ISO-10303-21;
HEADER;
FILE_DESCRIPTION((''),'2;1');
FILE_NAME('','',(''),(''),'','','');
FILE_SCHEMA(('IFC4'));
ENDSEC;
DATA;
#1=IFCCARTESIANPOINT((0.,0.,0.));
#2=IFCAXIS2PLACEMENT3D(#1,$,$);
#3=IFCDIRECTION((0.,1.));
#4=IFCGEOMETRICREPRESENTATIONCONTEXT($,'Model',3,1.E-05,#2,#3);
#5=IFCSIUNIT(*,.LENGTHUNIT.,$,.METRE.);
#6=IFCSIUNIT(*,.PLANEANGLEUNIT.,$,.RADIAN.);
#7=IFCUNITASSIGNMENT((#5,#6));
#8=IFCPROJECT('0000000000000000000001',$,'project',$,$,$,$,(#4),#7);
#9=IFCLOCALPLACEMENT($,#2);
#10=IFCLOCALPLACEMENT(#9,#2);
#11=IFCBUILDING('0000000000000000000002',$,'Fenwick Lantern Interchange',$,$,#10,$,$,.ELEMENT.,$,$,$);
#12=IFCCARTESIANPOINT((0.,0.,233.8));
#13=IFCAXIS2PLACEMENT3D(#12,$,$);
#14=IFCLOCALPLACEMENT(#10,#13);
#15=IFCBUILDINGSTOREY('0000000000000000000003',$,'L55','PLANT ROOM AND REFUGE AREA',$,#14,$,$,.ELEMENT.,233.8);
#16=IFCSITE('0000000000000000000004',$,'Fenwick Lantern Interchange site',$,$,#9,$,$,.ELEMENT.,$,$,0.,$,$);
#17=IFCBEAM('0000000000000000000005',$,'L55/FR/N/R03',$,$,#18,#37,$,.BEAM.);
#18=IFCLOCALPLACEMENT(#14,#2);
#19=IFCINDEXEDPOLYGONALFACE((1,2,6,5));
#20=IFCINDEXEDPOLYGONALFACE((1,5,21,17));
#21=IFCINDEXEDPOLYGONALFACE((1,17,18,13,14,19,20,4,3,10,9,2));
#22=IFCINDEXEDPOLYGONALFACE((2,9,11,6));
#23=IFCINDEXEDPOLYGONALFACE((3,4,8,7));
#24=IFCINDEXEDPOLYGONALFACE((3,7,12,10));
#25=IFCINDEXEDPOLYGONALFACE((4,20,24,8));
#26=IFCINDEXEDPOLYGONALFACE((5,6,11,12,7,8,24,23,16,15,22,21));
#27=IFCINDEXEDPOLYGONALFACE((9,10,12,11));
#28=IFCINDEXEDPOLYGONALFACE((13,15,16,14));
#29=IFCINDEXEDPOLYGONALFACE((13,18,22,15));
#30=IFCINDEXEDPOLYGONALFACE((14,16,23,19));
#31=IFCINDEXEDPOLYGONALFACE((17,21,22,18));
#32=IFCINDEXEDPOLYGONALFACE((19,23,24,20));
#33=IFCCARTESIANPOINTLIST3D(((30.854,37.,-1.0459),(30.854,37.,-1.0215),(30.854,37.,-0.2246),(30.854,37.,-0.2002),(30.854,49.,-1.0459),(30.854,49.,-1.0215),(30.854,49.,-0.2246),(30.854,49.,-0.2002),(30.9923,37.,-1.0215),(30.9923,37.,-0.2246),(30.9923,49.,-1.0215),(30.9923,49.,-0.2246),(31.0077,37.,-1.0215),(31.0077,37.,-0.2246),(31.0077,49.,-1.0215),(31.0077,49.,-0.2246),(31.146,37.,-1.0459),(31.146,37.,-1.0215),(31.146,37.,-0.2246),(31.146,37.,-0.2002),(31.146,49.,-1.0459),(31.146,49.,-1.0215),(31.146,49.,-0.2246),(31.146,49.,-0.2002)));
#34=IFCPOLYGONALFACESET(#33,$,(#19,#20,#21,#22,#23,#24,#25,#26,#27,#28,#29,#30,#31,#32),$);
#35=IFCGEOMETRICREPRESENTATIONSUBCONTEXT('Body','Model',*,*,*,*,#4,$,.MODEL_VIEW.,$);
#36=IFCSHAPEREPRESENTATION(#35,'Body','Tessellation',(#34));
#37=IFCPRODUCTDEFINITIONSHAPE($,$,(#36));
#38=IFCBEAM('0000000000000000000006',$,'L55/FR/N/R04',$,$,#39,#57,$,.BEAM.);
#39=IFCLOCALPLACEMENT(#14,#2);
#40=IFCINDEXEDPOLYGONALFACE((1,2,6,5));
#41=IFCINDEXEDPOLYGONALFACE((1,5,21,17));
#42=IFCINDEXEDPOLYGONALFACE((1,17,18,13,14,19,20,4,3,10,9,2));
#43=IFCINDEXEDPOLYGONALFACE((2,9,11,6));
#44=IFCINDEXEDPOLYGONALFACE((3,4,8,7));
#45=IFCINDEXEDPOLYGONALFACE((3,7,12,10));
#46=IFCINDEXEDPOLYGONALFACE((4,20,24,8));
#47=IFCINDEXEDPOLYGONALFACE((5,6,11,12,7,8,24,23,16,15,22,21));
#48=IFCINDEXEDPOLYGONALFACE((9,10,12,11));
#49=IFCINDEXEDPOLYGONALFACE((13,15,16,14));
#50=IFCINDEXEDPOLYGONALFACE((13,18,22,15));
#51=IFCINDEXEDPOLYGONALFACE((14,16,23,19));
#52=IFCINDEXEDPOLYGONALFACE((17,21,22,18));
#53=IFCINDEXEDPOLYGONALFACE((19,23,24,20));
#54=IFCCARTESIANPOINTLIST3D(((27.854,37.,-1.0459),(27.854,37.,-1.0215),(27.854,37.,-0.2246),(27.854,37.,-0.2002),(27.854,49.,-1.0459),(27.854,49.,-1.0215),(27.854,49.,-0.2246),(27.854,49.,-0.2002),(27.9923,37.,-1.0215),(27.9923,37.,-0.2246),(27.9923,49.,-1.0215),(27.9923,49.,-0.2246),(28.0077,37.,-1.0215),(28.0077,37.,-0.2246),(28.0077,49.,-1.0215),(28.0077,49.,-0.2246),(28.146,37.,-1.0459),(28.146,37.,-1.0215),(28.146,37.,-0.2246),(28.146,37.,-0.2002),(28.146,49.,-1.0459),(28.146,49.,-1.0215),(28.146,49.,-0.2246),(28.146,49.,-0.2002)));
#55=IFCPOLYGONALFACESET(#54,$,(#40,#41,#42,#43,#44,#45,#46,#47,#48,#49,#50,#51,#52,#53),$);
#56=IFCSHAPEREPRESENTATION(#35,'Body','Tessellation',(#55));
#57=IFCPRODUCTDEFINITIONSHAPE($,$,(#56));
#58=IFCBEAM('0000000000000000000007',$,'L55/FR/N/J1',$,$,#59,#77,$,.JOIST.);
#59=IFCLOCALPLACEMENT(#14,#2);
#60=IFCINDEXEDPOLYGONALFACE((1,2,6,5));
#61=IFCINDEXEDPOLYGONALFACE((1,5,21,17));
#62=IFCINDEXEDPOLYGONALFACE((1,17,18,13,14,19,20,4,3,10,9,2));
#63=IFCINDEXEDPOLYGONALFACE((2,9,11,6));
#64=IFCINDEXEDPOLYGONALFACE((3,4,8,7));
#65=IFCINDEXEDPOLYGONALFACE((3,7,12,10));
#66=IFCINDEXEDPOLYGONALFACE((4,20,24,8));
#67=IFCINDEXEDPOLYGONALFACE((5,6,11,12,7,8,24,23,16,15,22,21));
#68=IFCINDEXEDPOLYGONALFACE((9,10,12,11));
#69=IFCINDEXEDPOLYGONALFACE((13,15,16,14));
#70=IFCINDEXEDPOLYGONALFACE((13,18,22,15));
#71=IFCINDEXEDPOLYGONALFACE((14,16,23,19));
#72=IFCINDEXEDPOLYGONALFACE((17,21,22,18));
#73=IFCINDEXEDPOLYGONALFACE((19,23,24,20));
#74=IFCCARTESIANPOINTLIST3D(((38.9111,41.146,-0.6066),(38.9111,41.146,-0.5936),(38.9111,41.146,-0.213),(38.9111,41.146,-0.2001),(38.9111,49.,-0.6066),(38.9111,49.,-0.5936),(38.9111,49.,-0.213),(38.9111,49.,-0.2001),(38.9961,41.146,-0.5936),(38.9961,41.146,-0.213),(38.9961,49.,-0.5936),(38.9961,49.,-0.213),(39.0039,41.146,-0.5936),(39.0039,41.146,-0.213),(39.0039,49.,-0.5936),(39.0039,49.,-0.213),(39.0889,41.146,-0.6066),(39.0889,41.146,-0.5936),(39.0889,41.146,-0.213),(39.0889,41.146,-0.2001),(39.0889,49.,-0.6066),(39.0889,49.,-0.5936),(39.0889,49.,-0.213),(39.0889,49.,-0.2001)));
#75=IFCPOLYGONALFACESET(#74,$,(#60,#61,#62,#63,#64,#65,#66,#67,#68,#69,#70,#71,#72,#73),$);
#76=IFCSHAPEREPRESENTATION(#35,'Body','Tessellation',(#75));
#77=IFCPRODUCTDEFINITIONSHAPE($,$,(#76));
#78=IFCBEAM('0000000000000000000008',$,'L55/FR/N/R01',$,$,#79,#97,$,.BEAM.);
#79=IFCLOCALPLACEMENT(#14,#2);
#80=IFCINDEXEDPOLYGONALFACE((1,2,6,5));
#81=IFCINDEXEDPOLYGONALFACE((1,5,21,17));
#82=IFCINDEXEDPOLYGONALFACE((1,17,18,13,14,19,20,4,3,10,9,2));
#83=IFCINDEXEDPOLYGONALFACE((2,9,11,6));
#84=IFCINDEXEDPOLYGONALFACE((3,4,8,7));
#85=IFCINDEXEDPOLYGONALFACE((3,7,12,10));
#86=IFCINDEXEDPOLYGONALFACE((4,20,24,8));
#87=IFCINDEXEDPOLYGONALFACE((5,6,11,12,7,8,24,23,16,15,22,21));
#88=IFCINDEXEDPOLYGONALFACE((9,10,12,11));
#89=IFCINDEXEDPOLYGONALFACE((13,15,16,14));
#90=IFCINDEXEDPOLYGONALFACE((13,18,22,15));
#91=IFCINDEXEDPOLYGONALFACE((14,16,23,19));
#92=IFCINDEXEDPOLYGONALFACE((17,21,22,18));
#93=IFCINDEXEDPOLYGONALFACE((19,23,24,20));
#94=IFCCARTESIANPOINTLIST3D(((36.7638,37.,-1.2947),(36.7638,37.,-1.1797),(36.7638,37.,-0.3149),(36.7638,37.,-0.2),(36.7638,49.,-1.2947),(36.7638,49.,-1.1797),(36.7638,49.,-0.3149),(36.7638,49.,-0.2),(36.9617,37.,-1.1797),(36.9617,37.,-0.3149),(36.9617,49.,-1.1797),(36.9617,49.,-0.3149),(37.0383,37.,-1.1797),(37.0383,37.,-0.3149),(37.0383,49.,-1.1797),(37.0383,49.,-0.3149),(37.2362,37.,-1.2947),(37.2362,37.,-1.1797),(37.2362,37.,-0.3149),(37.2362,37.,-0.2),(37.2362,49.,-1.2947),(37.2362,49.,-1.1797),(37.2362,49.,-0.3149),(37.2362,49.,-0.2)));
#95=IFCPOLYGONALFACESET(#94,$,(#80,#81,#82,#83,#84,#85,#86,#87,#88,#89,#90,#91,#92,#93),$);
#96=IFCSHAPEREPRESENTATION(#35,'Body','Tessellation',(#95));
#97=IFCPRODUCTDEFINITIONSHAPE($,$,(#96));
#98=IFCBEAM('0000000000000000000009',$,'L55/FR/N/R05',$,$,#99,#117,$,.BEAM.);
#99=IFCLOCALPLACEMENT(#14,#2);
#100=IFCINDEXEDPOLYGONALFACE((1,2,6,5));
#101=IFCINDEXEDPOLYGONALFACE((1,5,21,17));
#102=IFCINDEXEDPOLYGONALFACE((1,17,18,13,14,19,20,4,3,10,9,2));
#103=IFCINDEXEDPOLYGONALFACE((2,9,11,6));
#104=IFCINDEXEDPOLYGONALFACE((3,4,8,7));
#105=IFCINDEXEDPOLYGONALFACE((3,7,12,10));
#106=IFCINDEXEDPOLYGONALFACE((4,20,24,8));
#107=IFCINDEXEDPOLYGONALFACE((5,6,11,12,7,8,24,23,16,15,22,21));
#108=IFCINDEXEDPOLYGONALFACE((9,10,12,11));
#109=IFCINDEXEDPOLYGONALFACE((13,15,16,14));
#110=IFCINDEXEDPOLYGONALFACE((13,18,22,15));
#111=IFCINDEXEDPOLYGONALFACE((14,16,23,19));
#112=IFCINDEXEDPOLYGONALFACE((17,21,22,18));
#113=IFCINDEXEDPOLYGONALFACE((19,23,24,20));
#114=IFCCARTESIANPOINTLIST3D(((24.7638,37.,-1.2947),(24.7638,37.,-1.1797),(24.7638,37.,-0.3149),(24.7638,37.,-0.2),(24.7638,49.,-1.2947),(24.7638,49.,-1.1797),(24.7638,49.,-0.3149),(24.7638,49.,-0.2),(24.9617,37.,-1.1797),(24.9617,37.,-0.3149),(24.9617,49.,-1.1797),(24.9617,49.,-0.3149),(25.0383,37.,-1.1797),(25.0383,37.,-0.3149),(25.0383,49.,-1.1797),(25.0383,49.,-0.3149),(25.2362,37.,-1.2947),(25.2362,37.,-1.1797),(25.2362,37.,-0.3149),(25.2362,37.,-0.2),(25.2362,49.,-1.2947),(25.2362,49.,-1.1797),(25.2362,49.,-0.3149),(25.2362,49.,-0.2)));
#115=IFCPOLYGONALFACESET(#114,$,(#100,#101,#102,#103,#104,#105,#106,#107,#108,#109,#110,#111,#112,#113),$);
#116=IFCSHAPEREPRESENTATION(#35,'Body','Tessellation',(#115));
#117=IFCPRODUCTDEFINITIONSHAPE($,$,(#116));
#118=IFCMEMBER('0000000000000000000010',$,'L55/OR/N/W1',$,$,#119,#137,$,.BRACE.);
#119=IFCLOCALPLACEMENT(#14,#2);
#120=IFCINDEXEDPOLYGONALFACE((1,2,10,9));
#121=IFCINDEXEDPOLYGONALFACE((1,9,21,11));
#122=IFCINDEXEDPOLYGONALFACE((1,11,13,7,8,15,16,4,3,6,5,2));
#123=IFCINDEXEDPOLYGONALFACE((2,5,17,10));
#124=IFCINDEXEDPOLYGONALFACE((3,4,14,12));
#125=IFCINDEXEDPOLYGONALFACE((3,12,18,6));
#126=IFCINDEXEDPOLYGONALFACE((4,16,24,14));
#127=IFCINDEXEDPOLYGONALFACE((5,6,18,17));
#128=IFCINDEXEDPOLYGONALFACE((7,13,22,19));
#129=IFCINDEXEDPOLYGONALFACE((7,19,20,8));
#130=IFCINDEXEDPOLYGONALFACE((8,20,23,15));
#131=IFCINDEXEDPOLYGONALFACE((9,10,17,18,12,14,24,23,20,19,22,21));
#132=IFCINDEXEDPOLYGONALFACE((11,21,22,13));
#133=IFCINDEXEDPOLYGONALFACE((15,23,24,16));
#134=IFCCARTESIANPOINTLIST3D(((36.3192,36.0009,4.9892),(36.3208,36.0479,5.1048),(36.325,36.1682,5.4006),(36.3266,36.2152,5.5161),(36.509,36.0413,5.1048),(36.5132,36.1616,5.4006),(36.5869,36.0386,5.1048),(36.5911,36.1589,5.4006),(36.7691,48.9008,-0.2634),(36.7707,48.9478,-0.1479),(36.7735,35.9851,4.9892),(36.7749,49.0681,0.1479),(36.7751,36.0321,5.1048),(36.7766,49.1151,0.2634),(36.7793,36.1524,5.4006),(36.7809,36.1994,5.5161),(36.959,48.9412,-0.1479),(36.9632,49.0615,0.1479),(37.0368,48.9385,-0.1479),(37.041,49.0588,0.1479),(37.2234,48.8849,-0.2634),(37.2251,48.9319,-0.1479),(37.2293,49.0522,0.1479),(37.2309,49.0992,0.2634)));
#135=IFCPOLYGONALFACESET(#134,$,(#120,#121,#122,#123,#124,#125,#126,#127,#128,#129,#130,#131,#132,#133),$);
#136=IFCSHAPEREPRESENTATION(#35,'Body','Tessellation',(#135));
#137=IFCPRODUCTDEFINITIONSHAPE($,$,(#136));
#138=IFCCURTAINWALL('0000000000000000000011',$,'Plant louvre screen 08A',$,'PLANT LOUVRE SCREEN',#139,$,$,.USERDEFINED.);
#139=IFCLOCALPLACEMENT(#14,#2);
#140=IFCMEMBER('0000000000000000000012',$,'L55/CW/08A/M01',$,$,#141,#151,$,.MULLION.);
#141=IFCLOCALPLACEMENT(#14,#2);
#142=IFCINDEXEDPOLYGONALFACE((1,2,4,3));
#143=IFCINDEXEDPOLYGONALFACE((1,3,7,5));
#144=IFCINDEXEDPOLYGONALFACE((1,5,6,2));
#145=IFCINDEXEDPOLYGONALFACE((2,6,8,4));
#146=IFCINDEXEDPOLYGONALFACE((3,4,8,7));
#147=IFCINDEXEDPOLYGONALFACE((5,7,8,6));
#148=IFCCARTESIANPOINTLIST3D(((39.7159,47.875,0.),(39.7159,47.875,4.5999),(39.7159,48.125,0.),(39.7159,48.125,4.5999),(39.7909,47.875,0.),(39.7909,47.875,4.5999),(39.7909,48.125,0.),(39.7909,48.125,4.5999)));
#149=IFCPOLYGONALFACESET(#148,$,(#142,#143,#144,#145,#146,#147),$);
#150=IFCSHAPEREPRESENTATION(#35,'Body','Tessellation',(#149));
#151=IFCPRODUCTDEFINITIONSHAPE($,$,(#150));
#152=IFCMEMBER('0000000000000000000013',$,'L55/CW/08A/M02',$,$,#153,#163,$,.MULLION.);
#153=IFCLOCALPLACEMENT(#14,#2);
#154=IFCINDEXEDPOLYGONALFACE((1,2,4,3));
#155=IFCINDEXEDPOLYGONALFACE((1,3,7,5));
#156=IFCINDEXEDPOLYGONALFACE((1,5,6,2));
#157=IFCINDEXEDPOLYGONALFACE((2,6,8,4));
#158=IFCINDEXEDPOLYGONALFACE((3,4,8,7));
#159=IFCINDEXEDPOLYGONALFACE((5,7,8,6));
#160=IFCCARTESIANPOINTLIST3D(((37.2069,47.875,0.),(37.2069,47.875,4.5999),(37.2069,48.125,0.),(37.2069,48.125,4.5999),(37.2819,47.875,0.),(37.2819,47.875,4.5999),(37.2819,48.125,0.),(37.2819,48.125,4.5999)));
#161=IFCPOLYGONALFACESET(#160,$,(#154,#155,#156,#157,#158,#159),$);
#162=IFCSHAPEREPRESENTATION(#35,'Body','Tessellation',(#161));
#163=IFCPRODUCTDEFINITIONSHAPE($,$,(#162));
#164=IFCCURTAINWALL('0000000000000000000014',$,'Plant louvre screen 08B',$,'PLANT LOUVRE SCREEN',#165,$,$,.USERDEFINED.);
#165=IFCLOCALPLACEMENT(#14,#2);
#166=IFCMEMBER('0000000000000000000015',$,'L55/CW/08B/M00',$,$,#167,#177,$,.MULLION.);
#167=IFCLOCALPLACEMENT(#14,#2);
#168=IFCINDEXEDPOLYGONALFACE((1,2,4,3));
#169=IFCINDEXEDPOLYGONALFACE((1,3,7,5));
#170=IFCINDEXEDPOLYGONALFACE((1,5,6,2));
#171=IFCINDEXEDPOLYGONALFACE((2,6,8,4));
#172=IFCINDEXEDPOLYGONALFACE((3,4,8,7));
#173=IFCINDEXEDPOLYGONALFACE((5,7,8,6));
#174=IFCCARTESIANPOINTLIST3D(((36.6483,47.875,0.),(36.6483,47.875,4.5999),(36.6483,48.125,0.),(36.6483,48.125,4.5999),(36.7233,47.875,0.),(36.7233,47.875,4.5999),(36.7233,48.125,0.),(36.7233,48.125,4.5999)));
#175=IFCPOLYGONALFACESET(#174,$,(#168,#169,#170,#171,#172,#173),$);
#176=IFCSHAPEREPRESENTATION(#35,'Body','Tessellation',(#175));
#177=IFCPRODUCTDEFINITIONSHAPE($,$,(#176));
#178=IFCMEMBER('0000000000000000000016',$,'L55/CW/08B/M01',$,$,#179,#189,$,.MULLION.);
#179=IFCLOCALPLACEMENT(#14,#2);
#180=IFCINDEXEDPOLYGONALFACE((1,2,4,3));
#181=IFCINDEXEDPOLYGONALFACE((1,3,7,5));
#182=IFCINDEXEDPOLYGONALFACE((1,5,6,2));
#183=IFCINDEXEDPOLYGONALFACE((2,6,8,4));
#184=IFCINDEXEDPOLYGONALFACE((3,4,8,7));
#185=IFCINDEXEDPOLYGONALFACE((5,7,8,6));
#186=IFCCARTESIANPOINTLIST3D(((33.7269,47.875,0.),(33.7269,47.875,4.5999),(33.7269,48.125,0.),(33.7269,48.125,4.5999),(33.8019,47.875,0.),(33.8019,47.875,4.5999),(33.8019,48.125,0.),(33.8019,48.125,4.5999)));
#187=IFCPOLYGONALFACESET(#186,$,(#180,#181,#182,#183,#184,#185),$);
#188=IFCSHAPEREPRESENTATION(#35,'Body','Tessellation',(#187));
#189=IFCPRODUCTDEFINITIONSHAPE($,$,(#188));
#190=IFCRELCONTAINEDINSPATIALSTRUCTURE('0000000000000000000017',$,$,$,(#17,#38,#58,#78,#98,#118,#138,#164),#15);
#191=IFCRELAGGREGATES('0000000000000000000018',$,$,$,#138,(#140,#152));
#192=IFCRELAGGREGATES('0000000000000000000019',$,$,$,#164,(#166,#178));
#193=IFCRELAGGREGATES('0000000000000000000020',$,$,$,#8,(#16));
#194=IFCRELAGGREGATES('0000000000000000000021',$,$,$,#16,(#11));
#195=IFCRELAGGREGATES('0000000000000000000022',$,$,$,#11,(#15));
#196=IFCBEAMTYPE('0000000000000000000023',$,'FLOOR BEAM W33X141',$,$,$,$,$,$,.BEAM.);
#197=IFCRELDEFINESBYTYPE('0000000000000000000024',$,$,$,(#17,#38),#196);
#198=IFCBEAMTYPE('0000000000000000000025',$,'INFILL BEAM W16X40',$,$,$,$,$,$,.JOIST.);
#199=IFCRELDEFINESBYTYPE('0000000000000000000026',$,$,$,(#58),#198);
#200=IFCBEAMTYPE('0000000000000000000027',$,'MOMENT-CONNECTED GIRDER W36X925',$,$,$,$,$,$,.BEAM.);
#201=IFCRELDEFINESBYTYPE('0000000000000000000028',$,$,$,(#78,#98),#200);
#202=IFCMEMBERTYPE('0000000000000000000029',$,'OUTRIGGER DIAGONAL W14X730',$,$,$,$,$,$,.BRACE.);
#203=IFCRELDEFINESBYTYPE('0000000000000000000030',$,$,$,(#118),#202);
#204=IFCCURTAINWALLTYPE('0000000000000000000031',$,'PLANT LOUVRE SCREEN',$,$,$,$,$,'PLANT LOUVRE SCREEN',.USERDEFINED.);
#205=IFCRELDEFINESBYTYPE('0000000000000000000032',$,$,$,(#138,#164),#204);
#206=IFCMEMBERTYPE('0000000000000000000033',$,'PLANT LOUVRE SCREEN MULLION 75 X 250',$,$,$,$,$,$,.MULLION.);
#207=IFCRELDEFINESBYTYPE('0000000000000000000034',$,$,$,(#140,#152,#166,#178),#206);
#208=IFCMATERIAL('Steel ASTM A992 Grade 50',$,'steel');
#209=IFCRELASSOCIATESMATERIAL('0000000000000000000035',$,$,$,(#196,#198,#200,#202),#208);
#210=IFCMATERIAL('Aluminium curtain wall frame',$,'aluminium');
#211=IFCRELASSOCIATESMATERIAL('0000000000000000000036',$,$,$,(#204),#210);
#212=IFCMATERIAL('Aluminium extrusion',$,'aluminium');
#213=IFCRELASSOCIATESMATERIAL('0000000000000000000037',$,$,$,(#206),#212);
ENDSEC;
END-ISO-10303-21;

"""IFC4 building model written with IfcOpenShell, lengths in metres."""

from ifc_helpers import new_model, si_unit, direction, frame, origin, origin_2d, place, context, subcontext, project, spatial, rectangle, i_section, extrude, material, material_profile, profile_set, type_object, element, aggregate, save


model = new_model("IFC4")

# Units and contexts
model_context = context("Model", 3, precision=1e-05, world=origin(), true_north=direction((0.0, 1.0)))
body_context = subcontext(model_context, "Body", "Model", "MODEL_VIEW")
ifc_project = project(units=[si_unit("LENGTHUNIT", "METRE"), si_unit("PLANEANGLEUNIT", "RADIAN")], contexts=[model_context])

# Site, building, storey
site_placement = place(None, origin())
site = spatial("IfcSite", under=ifc_project, at=site_placement, Name="Fenwick Lantern Interchange site", CompositionType="ELEMENT", RefElevation=0.0)
building_placement = place(site_placement, origin())
building = spatial("IfcBuilding", under=site, at=building_placement, Name="Fenwick Lantern Interchange", CompositionType="ELEMENT")
storey_placement = place(building_placement, frame((0.0, 0.0, 233.8)))
storey = spatial("IfcBuildingStorey", under=building, at=storey_placement, Name="L55", Description="PLANT ROOM AND REFUGE AREA", CompositionType="ELEMENT", Elevation=233.8)

# Shared definitions
ifc_material_1 = material(Name="Steel ASTM A992 Grade 50", Category="steel")

# Beams
ifc_material_profile_1 = material_profile(ifc_material_1, i_section(OverallWidth=0.292, OverallDepth=0.8457, WebThickness=0.0154, FlangeThickness=0.0244, at=origin_2d()), Name="W33X141")
ifc_profile_set_1 = profile_set([ifc_material_profile_1], Name="Steel ASTM A992 Grade 50")
beam_type_1 = type_object("IfcBeamType", Name="FLOOR BEAM W33X141", PredefinedType="BEAM", material=ifc_profile_set_1)
for number, where, z_axis, x_axis, name in (
    (1, (31.0, 49.0, -0.623), (0.0, -1.0, 0.0), (1.0, 0.0, 0.0), "L55/FR/N/R03"),
    (2, (28.0, 49.0, -0.623), (0.0, -1.0, 0.0), (1.0, 0.0, 0.0), "L55/FR/N/R04"),
):
    element("IfcBeam", number, at=place(storey_placement, frame(where, z_axis=z_axis, x_axis=x_axis)), inside=storey, type_object=beam_type_1, Name=name, PredefinedType="BEAM", context=body_context, shape_type="SweptSolid", body=[
        extrude(i_section(OverallWidth=0.292, OverallDepth=0.8457, WebThickness=0.0154, FlangeThickness=0.0244, at=origin_2d()), origin(), (0.0, 0.0, 1.0), 12.0),
    ])
ifc_material_profile_2 = material_profile(ifc_material_1, i_section(OverallWidth=0.1777, OverallDepth=0.4065, WebThickness=0.0078, FlangeThickness=0.0129, at=origin_2d()), Name="W16X40")
ifc_profile_set_2 = profile_set([ifc_material_profile_2], Name="Steel ASTM A992 Grade 50")
beam_type_2 = type_object("IfcBeamType", Name="INFILL BEAM W16X40", PredefinedType="JOIST", material=ifc_profile_set_2)
beam_placement = place(storey_placement, frame((39.0, 49.0, -0.4033), z_axis=(0.0, -1.0, 0.0), x_axis=(1.0, 0.0, 0.0)))
element("IfcBeam", 3, at=beam_placement, inside=storey, type_object=beam_type_2, Name="L55/FR/N/J1", PredefinedType="JOIST", context=body_context, shape_type="SweptSolid", body=[
    extrude(i_section(OverallWidth=0.1777, OverallDepth=0.4065, WebThickness=0.0078, FlangeThickness=0.0129, at=origin_2d()), origin(), (0.0, 0.0, 1.0), 7.854),
])
ifc_material_profile_3 = material_profile(ifc_material_1, i_section(OverallWidth=0.4724, OverallDepth=1.0947, WebThickness=0.0767, FlangeThickness=0.115, at=origin_2d()), Name="W36X925")
ifc_profile_set_3 = profile_set([ifc_material_profile_3], Name="Steel ASTM A992 Grade 50")
beam_type_3 = type_object("IfcBeamType", Name="MOMENT-CONNECTED GIRDER W36X925", PredefinedType="BEAM", material=ifc_profile_set_3)
for number, where, z_axis, x_axis, name in (
    (4, (37.0, 49.0, -0.7473), (0.0, -1.0, 0.0), (1.0, 0.0, 0.0), "L55/FR/N/R01"),
    (5, (25.0, 49.0, -0.7473), (0.0, -1.0, 0.0), (1.0, 0.0, 0.0), "L55/FR/N/R05"),
):
    element("IfcBeam", number, at=place(storey_placement, frame(where, z_axis=z_axis, x_axis=x_axis)), inside=storey, type_object=beam_type_3, Name=name, PredefinedType="BEAM", context=body_context, shape_type="SweptSolid", body=[
        extrude(i_section(OverallWidth=0.4724, OverallDepth=1.0947, WebThickness=0.0767, FlangeThickness=0.115, at=origin_2d()), origin(), (0.0, 0.0, 1.0), 12.0),
    ])

# Member
ifc_material_profile_4 = material_profile(ifc_material_1, i_section(OverallWidth=0.4546, OverallDepth=0.5688, WebThickness=0.0779, FlangeThickness=0.1248, at=origin_2d()), Name="W14X730")
ifc_profile_set_4 = profile_set([ifc_material_profile_4], Name="Steel ASTM A992 Grade 50")
member_type_1 = type_object("IfcMemberType", Name="OUTRIGGER DIAGONAL W14X730", PredefinedType="BRACE", material=ifc_profile_set_4)
member_1_placement = place(storey_placement, frame((37.0, 49.0, 0.0), z_axis=(-0.032288, -0.92568, 0.376926), x_axis=(0.999392, -0.034859, 0.0)))
element("IfcMember", 6, at=member_1_placement, inside=storey, type_object=member_type_1, Name="L55/OR/N/W1", PredefinedType="BRACE", context=body_context, shape_type="SweptSolid", body=[
    extrude(i_section(OverallWidth=0.4546, OverallDepth=0.5688, WebThickness=0.0779, FlangeThickness=0.1248, at=origin_2d()), origin(), (0.0, 0.0, 1.0), 13.9355),
])

# Curtain walls, members
ifc_material_2 = material(Name="Aluminium curtain wall frame", Category="aluminium")
curtain_wall_type = type_object("IfcCurtainWallType", Name="PLANT LOUVRE SCREEN", ElementType="PLANT LOUVRE SCREEN", PredefinedType="USERDEFINED", material=ifc_material_2)
curtain_wall_1_placement = place(storey_placement, origin())
curtain_wall_1 = element("IfcCurtainWall", 7, at=curtain_wall_1_placement, inside=storey, type_object=curtain_wall_type, Name="Plant louvre screen 08A", ObjectType="PLANT LOUVRE SCREEN", PredefinedType="USERDEFINED")
ifc_material_3 = material(Name="Aluminium extrusion", Category="aluminium")
ifc_material_profile_5 = material_profile(ifc_material_3, rectangle(XDim=0.25, YDim=0.075, at=origin_2d()), Name="PLANT LOUVRE SCREEN MULLION 75 X 250")
ifc_profile_set_5 = profile_set([ifc_material_profile_5], Name="Aluminium extrusion")
member_type_2 = type_object("IfcMemberType", Name="PLANT LOUVRE SCREEN MULLION 75 X 250", PredefinedType="MULLION", material=ifc_profile_set_5)
member_2_placement = place(storey_placement, frame((39.7534, 48.0, 0.0), z_axis=(0.0, 0.0, 1.0), x_axis=(0.0, -1.0, 0.0)))
member_2 = element("IfcMember", 8, at=member_2_placement, type_object=member_type_2, Name="L55/CW/08A/M01", PredefinedType="MULLION", context=body_context, shape_type="SweptSolid", body=[
    extrude(rectangle(XDim=0.25, YDim=0.075, at=origin_2d()), origin(), (0.0, 0.0, 1.0), 4.5999),
])
member_3_placement = place(storey_placement, frame((37.2444, 48.0, 0.0), z_axis=(0.0, 0.0, 1.0), x_axis=(0.0, -1.0, 0.0)))
member_3 = element("IfcMember", 9, at=member_3_placement, type_object=member_type_2, Name="L55/CW/08A/M02", PredefinedType="MULLION", context=body_context, shape_type="SweptSolid", body=[
    extrude(rectangle(XDim=0.25, YDim=0.075, at=origin_2d()), origin(), (0.0, 0.0, 1.0), 4.5999),
])
curtain_wall_2_placement = place(storey_placement, origin())
curtain_wall_2 = element("IfcCurtainWall", 10, at=curtain_wall_2_placement, inside=storey, type_object=curtain_wall_type, Name="Plant louvre screen 08B", ObjectType="PLANT LOUVRE SCREEN", PredefinedType="USERDEFINED")
member_4_placement = place(storey_placement, frame((36.6858, 48.0, 0.0), z_axis=(0.0, 0.0, 1.0), x_axis=(0.0, -1.0, 0.0)))
member_4 = element("IfcMember", 11, at=member_4_placement, type_object=member_type_2, Name="L55/CW/08B/M00", PredefinedType="MULLION", context=body_context, shape_type="SweptSolid", body=[
    extrude(rectangle(XDim=0.25, YDim=0.075, at=origin_2d()), origin(), (0.0, 0.0, 1.0), 4.5999),
])
member_5_placement = place(storey_placement, frame((33.7644, 48.0, 0.0), z_axis=(0.0, 0.0, 1.0), x_axis=(0.0, -1.0, 0.0)))
member_5 = element("IfcMember", 12, at=member_5_placement, type_object=member_type_2, Name="L55/CW/08B/M01", PredefinedType="MULLION", context=body_context, shape_type="SweptSolid", body=[
    extrude(rectangle(XDim=0.25, YDim=0.075, at=origin_2d()), origin(), (0.0, 0.0, 1.0), 4.5999),
])

aggregate(curtain_wall_1, [member_2, member_3])
aggregate(curtain_wall_2, [member_4, member_5])

save(model, "model.ifc")
